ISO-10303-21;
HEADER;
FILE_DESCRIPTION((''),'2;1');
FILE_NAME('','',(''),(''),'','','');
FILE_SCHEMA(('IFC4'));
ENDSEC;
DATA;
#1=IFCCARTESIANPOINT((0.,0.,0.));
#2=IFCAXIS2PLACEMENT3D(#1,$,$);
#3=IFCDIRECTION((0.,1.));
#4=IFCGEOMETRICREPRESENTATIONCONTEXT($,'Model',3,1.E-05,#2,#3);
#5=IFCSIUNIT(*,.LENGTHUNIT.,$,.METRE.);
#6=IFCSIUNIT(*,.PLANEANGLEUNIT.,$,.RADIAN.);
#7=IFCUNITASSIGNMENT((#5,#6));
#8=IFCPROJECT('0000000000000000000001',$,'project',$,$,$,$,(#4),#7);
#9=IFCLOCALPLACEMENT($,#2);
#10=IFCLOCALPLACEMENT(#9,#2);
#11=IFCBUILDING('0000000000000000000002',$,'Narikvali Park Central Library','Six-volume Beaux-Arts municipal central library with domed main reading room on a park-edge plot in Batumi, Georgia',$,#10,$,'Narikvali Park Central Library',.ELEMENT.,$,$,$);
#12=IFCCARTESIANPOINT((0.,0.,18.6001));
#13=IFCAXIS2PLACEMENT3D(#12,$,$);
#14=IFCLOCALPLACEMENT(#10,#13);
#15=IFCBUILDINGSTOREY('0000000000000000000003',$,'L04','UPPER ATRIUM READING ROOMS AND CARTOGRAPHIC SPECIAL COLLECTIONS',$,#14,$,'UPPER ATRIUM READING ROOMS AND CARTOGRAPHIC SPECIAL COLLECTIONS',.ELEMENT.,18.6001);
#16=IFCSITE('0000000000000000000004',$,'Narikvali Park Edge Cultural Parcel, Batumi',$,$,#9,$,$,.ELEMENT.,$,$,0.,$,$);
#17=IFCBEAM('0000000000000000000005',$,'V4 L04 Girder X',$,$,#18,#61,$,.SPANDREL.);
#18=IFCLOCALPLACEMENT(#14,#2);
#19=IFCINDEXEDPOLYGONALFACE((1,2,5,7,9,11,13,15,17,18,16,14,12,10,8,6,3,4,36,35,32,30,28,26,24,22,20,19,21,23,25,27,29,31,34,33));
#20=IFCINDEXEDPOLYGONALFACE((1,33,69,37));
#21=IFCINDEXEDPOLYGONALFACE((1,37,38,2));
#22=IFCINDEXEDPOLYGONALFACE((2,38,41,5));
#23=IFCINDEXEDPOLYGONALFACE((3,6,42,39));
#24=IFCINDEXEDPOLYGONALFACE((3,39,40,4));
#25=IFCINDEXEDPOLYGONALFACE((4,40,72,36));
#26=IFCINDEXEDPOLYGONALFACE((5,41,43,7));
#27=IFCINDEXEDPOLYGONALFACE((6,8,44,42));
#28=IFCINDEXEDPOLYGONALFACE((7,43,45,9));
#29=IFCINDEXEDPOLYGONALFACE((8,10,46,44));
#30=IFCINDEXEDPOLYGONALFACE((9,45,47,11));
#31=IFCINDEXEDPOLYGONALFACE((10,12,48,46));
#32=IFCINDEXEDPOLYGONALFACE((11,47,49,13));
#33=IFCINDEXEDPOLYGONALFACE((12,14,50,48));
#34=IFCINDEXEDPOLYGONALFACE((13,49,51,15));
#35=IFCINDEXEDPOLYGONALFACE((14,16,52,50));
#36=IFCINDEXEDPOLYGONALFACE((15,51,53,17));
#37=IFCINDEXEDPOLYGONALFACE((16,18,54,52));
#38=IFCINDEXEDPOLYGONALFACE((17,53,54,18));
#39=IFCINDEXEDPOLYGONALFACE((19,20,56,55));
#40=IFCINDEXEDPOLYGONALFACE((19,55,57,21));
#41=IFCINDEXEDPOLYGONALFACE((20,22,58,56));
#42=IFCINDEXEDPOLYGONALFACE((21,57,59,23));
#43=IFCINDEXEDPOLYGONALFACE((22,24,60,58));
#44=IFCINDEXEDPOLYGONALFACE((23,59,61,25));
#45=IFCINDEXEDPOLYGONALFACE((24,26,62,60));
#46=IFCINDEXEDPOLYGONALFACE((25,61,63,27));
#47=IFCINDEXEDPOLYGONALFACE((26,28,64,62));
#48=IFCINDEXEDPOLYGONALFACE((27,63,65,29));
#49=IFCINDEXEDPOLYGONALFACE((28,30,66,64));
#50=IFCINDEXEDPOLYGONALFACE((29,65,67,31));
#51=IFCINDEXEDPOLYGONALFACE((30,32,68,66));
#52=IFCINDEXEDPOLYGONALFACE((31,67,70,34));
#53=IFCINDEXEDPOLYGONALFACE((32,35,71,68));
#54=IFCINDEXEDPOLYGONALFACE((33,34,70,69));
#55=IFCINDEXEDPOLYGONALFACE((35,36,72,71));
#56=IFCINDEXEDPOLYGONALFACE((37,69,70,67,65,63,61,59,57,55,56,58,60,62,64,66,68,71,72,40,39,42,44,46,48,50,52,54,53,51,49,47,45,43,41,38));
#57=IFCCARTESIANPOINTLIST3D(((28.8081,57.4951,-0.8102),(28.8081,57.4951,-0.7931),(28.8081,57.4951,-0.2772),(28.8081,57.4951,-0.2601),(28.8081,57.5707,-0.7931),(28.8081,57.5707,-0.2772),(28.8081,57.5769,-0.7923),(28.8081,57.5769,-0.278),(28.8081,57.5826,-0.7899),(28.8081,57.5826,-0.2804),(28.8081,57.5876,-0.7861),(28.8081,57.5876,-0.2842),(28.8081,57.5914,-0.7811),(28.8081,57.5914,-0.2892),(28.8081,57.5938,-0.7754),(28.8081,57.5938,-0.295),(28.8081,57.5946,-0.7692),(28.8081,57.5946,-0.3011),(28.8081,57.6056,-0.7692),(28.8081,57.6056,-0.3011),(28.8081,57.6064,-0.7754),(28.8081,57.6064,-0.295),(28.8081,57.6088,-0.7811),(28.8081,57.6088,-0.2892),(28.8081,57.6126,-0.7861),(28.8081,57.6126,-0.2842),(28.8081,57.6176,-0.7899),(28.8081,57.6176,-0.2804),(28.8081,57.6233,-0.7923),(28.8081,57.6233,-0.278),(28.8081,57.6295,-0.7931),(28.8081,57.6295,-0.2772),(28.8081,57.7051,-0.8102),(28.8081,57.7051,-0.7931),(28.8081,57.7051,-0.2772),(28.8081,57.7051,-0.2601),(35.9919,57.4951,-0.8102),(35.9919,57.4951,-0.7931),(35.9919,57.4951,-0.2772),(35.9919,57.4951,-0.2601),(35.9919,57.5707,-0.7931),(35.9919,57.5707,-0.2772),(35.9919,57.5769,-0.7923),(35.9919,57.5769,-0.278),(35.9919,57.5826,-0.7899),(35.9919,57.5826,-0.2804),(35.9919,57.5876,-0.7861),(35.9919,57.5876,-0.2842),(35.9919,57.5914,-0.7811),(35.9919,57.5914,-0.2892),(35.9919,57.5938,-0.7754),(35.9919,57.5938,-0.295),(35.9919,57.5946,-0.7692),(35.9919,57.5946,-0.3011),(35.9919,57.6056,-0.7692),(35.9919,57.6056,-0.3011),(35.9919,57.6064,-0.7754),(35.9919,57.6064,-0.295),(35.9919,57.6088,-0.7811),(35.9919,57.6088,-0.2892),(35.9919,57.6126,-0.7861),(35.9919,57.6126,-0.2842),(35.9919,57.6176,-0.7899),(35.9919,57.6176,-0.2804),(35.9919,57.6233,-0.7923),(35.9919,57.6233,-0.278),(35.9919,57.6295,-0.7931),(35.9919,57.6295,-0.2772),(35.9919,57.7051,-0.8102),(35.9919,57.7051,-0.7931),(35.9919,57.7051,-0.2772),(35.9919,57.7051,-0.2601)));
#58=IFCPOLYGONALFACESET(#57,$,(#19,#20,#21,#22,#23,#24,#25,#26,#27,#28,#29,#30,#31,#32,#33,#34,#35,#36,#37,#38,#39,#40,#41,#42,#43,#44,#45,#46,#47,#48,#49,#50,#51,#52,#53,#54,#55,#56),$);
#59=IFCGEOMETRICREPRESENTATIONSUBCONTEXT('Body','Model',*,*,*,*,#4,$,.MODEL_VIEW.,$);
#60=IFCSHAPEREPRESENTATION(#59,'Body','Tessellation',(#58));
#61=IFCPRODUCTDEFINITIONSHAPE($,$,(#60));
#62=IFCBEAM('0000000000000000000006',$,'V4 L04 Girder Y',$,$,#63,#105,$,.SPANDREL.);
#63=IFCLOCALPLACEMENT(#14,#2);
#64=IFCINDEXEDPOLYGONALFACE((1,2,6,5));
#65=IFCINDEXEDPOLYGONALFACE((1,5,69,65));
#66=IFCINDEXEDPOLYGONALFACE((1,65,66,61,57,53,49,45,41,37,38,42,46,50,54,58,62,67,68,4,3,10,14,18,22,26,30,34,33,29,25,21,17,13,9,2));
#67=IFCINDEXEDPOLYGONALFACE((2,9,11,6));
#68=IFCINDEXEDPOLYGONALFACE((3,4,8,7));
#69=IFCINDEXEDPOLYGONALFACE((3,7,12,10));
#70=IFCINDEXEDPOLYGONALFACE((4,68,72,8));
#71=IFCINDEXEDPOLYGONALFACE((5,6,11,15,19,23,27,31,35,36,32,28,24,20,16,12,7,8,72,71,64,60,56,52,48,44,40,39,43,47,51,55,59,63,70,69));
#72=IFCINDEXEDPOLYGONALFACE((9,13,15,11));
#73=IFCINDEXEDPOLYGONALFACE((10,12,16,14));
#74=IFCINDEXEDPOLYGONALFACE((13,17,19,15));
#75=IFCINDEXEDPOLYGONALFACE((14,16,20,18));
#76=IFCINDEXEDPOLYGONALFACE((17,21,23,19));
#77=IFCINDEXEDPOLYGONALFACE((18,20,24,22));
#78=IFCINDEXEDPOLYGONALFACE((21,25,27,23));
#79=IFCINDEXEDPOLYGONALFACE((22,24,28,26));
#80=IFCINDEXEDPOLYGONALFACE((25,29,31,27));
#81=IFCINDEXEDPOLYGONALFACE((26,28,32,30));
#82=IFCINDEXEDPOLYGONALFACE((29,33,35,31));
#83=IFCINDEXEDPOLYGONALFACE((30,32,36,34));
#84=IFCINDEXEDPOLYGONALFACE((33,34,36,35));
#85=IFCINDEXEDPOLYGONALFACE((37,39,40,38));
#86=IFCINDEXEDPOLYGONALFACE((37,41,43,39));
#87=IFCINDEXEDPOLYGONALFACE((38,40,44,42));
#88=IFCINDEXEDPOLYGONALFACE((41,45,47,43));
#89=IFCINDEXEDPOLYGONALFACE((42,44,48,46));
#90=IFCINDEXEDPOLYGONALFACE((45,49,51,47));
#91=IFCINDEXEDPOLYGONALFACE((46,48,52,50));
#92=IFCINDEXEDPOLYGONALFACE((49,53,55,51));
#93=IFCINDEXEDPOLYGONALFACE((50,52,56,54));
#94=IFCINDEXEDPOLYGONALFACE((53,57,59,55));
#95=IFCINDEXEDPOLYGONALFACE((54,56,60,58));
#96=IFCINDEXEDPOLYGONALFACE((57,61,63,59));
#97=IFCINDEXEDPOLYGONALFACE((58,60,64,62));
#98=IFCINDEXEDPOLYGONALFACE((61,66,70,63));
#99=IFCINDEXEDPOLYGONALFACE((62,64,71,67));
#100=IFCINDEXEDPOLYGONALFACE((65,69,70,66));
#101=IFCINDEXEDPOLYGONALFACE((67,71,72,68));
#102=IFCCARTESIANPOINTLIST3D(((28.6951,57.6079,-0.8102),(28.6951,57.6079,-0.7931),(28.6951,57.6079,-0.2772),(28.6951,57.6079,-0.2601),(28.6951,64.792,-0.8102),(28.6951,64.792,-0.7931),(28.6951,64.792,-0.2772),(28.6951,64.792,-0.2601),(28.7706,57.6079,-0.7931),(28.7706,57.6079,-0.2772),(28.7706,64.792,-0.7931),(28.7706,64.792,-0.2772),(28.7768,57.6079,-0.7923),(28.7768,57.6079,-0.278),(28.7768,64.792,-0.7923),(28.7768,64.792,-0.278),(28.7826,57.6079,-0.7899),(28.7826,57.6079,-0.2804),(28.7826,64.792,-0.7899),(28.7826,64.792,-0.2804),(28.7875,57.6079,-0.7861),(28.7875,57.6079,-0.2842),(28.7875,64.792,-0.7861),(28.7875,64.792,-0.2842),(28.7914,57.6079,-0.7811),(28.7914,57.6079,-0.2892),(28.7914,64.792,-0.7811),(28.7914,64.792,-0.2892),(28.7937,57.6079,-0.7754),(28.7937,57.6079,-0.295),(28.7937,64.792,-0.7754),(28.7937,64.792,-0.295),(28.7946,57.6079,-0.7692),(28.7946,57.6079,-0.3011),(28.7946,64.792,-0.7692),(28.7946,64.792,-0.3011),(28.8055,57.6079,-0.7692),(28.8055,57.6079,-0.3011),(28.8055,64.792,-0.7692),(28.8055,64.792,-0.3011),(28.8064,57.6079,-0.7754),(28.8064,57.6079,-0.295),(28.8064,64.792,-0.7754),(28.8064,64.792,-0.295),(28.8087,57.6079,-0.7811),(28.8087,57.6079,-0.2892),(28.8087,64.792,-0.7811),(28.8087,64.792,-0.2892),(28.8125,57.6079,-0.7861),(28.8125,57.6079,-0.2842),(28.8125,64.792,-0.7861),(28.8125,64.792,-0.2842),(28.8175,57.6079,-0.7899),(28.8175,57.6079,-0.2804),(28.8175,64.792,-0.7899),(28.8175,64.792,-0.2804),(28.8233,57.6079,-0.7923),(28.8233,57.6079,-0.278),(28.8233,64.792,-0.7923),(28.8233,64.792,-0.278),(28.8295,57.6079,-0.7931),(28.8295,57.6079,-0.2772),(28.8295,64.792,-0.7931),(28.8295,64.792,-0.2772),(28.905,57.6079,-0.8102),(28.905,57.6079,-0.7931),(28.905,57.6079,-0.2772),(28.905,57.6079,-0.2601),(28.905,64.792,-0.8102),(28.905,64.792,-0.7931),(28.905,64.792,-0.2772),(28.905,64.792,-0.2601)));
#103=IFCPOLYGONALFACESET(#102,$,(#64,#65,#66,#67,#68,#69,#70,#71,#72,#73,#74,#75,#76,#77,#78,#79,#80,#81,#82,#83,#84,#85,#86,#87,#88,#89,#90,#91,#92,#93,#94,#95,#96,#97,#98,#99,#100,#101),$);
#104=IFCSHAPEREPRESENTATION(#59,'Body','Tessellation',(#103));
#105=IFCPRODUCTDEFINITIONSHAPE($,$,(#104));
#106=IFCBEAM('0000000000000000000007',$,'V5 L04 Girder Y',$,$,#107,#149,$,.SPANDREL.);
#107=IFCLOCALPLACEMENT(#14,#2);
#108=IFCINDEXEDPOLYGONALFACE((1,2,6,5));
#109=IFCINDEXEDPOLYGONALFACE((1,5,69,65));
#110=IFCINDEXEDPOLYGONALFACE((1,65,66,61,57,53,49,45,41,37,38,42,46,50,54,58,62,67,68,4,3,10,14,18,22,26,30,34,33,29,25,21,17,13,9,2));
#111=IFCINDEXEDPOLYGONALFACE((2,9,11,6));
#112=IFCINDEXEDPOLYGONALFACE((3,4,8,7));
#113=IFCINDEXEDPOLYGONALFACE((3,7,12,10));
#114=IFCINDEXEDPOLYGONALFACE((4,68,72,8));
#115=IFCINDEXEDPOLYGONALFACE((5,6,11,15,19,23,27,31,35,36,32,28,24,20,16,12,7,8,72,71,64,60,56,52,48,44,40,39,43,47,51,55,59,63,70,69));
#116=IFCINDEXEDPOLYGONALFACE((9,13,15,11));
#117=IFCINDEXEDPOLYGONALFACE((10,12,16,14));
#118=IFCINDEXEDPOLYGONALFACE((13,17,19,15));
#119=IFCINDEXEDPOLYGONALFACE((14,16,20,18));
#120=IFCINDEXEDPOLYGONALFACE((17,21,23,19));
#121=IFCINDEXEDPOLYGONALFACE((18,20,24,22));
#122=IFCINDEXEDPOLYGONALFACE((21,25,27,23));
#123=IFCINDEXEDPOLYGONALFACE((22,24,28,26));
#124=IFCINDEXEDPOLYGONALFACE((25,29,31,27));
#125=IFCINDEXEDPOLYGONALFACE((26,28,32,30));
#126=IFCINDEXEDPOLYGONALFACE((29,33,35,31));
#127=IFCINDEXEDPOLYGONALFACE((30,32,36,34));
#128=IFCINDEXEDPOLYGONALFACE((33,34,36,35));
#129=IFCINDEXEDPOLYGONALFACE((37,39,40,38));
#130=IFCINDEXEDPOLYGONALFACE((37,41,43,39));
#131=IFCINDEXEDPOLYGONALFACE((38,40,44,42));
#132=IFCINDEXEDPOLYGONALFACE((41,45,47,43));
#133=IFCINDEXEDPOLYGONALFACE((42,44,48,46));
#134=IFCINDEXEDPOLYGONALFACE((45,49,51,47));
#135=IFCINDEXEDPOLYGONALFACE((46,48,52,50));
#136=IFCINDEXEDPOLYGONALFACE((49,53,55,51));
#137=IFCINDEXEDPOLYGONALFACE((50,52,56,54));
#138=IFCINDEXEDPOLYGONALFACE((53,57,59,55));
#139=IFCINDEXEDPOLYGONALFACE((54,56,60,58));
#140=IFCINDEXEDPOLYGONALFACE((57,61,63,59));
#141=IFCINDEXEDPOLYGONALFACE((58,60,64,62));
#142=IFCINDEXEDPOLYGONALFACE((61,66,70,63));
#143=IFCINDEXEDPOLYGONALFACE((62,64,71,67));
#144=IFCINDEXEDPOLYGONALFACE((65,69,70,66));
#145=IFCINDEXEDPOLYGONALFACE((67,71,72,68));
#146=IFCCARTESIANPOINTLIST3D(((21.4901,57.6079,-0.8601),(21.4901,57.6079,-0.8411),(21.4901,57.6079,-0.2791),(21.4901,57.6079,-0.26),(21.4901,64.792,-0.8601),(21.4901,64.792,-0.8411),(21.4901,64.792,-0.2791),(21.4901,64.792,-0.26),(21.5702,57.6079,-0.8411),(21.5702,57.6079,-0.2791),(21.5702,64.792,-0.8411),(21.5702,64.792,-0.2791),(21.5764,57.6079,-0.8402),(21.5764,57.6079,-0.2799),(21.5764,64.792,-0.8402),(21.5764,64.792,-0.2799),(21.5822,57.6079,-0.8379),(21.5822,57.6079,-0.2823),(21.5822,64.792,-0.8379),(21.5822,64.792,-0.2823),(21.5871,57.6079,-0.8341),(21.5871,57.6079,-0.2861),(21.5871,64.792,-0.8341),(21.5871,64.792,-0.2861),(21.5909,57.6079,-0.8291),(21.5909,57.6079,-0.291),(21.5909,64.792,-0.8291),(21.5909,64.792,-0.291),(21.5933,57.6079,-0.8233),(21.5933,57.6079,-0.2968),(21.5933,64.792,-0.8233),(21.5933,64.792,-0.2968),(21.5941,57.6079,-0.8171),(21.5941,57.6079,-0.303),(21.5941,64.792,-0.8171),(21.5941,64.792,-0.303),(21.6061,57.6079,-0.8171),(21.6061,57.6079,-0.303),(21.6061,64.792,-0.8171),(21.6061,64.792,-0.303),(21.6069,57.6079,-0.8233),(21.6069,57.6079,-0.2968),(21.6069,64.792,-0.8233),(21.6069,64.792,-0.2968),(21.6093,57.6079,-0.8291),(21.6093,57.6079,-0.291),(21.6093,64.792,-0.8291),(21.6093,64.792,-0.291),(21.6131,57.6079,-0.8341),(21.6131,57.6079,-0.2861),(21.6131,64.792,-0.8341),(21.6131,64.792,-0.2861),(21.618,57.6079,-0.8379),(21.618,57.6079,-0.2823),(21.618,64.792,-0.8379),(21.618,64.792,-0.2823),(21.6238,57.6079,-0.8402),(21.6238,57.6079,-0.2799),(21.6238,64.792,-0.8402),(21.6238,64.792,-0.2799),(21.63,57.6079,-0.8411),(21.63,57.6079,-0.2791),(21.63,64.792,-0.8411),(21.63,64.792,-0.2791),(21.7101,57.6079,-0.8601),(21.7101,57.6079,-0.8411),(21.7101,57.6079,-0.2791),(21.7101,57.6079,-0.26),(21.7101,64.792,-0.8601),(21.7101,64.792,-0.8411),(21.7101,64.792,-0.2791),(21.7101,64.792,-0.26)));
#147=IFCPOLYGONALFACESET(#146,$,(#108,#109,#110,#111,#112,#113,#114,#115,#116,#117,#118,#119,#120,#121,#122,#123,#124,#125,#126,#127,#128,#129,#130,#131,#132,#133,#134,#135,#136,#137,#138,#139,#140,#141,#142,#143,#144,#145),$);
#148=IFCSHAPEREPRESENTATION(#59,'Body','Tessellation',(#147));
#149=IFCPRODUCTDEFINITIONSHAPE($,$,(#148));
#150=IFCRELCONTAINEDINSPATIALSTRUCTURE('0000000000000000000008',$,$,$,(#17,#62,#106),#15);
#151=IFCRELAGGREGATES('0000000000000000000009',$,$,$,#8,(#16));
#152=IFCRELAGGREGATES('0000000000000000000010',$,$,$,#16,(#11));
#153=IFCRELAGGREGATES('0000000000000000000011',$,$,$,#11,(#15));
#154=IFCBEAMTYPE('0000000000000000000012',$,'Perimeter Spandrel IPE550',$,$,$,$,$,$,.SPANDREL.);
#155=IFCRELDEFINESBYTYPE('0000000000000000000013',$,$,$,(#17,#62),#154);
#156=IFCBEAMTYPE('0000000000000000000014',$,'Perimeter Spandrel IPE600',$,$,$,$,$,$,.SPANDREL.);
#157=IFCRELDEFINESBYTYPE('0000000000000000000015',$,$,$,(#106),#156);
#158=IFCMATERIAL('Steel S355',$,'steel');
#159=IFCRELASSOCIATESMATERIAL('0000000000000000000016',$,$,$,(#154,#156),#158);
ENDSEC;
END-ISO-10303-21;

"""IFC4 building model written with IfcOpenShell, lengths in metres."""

from ifc_helpers import new_model, si_unit, direction, frame, origin, origin_2d, place, context, subcontext, project, spatial, i_section, extrude, material, material_profile, profile_set, type_object, element, save


model = new_model("IFC4")

# Units and contexts
model_context = context("Model", 3, precision=1e-05, world=origin(), true_north=direction((0.0, 1.0)))
body_context = subcontext(model_context, "Body", "Model", "MODEL_VIEW")
ifc_project = project(units=[si_unit("LENGTHUNIT", "METRE"), si_unit("PLANEANGLEUNIT", "RADIAN")], contexts=[model_context])

# Site, building, storey
site_placement = place(None, origin())
site = spatial("IfcSite", under=ifc_project, at=site_placement, Name="Narikvali Park Edge Cultural Parcel, Batumi", CompositionType="ELEMENT", RefElevation=0.0)
building_placement = place(site_placement, origin())
building = spatial("IfcBuilding", under=site, at=building_placement, Name="Narikvali Park Central Library", Description="Six-volume Beaux-Arts municipal central library with domed main reading room on a park-edge plot in Batumi, Georgia", LongName="Narikvali Park Central Library", CompositionType="ELEMENT")
storey_placement = place(building_placement, frame((0.0, 0.0, 18.6001)))
storey = spatial("IfcBuildingStorey", under=building, at=storey_placement, Name="L04", Description="UPPER ATRIUM READING ROOMS AND CARTOGRAPHIC SPECIAL COLLECTIONS", LongName="UPPER ATRIUM READING ROOMS AND CARTOGRAPHIC SPECIAL COLLECTIONS", CompositionType="ELEMENT", Elevation=18.6001)

# Shared definitions
ifc_material_1 = material(Name="Steel S355", Category="steel")

# Beams
ifc_material_profile_1 = material_profile(ifc_material_1, i_section(OverallWidth=0.21, OverallDepth=0.55, WebThickness=0.011, FlangeThickness=0.0171, FilletRadius=0.0239, at=origin_2d()), Name="IPE 550")
ifc_profile_set_1 = profile_set([ifc_material_profile_1], Name="Steel S355")
beam_type_1 = type_object("IfcBeamType", Name="Perimeter Spandrel IPE550", PredefinedType="SPANDREL", material=ifc_profile_set_1)
beam_1_placement = place(storey_placement, frame((28.8081, 57.6001, -0.5352), z_axis=(1.0, 0.0, 0.0), x_axis=(0.0, 1.0, 0.0)))
element("IfcBeam", 1, at=beam_1_placement, inside=storey, type_object=beam_type_1, Name="V4 L04 Girder X", PredefinedType="SPANDREL", context=body_context, shape_type="SweptSolid", body=[
    extrude(i_section(OverallWidth=0.21, OverallDepth=0.55, WebThickness=0.011, FlangeThickness=0.0171, FilletRadius=0.0239, at=origin_2d()), origin(), (0.0, 0.0, 1.0), 7.1838),
])
beam_2_placement = place(storey_placement, frame((28.8, 57.6079, -0.5352), z_axis=(0.0, 1.0, 0.0), x_axis=(-1.0, 0.0, 0.0)))
element("IfcBeam", 2, at=beam_2_placement, inside=storey, type_object=beam_type_1, Name="V4 L04 Girder Y", PredefinedType="SPANDREL", context=body_context, shape_type="SweptSolid", body=[
    extrude(i_section(OverallWidth=0.21, OverallDepth=0.55, WebThickness=0.011, FlangeThickness=0.0171, FilletRadius=0.0239, at=origin_2d()), origin(), (0.0, 0.0, 1.0), 7.1841),
])
ifc_material_profile_2 = material_profile(ifc_material_1, i_section(OverallWidth=0.22, OverallDepth=0.6001, WebThickness=0.012, FlangeThickness=0.019, FilletRadius=0.0239, at=origin_2d()), Name="IPE 600")
ifc_profile_set_2 = profile_set([ifc_material_profile_2], Name="Steel S355")
beam_type_2 = type_object("IfcBeamType", Name="Perimeter Spandrel IPE600", PredefinedType="SPANDREL", material=ifc_profile_set_2)
beam_3_placement = place(storey_placement, frame((21.6001, 57.6079, -0.5601), z_axis=(0.0, 1.0, 0.0), x_axis=(-1.0, 0.0, 0.0)))
element("IfcBeam", 3, at=beam_3_placement, inside=storey, type_object=beam_type_2, Name="V5 L04 Girder Y", PredefinedType="SPANDREL", context=body_context, shape_type="SweptSolid", body=[
    extrude(i_section(OverallWidth=0.22, OverallDepth=0.6001, WebThickness=0.012, FlangeThickness=0.019, FilletRadius=0.0239, at=origin_2d()), origin(), (0.0, 0.0, 1.0), 7.1841),
])

save(model, "model.ifc")
